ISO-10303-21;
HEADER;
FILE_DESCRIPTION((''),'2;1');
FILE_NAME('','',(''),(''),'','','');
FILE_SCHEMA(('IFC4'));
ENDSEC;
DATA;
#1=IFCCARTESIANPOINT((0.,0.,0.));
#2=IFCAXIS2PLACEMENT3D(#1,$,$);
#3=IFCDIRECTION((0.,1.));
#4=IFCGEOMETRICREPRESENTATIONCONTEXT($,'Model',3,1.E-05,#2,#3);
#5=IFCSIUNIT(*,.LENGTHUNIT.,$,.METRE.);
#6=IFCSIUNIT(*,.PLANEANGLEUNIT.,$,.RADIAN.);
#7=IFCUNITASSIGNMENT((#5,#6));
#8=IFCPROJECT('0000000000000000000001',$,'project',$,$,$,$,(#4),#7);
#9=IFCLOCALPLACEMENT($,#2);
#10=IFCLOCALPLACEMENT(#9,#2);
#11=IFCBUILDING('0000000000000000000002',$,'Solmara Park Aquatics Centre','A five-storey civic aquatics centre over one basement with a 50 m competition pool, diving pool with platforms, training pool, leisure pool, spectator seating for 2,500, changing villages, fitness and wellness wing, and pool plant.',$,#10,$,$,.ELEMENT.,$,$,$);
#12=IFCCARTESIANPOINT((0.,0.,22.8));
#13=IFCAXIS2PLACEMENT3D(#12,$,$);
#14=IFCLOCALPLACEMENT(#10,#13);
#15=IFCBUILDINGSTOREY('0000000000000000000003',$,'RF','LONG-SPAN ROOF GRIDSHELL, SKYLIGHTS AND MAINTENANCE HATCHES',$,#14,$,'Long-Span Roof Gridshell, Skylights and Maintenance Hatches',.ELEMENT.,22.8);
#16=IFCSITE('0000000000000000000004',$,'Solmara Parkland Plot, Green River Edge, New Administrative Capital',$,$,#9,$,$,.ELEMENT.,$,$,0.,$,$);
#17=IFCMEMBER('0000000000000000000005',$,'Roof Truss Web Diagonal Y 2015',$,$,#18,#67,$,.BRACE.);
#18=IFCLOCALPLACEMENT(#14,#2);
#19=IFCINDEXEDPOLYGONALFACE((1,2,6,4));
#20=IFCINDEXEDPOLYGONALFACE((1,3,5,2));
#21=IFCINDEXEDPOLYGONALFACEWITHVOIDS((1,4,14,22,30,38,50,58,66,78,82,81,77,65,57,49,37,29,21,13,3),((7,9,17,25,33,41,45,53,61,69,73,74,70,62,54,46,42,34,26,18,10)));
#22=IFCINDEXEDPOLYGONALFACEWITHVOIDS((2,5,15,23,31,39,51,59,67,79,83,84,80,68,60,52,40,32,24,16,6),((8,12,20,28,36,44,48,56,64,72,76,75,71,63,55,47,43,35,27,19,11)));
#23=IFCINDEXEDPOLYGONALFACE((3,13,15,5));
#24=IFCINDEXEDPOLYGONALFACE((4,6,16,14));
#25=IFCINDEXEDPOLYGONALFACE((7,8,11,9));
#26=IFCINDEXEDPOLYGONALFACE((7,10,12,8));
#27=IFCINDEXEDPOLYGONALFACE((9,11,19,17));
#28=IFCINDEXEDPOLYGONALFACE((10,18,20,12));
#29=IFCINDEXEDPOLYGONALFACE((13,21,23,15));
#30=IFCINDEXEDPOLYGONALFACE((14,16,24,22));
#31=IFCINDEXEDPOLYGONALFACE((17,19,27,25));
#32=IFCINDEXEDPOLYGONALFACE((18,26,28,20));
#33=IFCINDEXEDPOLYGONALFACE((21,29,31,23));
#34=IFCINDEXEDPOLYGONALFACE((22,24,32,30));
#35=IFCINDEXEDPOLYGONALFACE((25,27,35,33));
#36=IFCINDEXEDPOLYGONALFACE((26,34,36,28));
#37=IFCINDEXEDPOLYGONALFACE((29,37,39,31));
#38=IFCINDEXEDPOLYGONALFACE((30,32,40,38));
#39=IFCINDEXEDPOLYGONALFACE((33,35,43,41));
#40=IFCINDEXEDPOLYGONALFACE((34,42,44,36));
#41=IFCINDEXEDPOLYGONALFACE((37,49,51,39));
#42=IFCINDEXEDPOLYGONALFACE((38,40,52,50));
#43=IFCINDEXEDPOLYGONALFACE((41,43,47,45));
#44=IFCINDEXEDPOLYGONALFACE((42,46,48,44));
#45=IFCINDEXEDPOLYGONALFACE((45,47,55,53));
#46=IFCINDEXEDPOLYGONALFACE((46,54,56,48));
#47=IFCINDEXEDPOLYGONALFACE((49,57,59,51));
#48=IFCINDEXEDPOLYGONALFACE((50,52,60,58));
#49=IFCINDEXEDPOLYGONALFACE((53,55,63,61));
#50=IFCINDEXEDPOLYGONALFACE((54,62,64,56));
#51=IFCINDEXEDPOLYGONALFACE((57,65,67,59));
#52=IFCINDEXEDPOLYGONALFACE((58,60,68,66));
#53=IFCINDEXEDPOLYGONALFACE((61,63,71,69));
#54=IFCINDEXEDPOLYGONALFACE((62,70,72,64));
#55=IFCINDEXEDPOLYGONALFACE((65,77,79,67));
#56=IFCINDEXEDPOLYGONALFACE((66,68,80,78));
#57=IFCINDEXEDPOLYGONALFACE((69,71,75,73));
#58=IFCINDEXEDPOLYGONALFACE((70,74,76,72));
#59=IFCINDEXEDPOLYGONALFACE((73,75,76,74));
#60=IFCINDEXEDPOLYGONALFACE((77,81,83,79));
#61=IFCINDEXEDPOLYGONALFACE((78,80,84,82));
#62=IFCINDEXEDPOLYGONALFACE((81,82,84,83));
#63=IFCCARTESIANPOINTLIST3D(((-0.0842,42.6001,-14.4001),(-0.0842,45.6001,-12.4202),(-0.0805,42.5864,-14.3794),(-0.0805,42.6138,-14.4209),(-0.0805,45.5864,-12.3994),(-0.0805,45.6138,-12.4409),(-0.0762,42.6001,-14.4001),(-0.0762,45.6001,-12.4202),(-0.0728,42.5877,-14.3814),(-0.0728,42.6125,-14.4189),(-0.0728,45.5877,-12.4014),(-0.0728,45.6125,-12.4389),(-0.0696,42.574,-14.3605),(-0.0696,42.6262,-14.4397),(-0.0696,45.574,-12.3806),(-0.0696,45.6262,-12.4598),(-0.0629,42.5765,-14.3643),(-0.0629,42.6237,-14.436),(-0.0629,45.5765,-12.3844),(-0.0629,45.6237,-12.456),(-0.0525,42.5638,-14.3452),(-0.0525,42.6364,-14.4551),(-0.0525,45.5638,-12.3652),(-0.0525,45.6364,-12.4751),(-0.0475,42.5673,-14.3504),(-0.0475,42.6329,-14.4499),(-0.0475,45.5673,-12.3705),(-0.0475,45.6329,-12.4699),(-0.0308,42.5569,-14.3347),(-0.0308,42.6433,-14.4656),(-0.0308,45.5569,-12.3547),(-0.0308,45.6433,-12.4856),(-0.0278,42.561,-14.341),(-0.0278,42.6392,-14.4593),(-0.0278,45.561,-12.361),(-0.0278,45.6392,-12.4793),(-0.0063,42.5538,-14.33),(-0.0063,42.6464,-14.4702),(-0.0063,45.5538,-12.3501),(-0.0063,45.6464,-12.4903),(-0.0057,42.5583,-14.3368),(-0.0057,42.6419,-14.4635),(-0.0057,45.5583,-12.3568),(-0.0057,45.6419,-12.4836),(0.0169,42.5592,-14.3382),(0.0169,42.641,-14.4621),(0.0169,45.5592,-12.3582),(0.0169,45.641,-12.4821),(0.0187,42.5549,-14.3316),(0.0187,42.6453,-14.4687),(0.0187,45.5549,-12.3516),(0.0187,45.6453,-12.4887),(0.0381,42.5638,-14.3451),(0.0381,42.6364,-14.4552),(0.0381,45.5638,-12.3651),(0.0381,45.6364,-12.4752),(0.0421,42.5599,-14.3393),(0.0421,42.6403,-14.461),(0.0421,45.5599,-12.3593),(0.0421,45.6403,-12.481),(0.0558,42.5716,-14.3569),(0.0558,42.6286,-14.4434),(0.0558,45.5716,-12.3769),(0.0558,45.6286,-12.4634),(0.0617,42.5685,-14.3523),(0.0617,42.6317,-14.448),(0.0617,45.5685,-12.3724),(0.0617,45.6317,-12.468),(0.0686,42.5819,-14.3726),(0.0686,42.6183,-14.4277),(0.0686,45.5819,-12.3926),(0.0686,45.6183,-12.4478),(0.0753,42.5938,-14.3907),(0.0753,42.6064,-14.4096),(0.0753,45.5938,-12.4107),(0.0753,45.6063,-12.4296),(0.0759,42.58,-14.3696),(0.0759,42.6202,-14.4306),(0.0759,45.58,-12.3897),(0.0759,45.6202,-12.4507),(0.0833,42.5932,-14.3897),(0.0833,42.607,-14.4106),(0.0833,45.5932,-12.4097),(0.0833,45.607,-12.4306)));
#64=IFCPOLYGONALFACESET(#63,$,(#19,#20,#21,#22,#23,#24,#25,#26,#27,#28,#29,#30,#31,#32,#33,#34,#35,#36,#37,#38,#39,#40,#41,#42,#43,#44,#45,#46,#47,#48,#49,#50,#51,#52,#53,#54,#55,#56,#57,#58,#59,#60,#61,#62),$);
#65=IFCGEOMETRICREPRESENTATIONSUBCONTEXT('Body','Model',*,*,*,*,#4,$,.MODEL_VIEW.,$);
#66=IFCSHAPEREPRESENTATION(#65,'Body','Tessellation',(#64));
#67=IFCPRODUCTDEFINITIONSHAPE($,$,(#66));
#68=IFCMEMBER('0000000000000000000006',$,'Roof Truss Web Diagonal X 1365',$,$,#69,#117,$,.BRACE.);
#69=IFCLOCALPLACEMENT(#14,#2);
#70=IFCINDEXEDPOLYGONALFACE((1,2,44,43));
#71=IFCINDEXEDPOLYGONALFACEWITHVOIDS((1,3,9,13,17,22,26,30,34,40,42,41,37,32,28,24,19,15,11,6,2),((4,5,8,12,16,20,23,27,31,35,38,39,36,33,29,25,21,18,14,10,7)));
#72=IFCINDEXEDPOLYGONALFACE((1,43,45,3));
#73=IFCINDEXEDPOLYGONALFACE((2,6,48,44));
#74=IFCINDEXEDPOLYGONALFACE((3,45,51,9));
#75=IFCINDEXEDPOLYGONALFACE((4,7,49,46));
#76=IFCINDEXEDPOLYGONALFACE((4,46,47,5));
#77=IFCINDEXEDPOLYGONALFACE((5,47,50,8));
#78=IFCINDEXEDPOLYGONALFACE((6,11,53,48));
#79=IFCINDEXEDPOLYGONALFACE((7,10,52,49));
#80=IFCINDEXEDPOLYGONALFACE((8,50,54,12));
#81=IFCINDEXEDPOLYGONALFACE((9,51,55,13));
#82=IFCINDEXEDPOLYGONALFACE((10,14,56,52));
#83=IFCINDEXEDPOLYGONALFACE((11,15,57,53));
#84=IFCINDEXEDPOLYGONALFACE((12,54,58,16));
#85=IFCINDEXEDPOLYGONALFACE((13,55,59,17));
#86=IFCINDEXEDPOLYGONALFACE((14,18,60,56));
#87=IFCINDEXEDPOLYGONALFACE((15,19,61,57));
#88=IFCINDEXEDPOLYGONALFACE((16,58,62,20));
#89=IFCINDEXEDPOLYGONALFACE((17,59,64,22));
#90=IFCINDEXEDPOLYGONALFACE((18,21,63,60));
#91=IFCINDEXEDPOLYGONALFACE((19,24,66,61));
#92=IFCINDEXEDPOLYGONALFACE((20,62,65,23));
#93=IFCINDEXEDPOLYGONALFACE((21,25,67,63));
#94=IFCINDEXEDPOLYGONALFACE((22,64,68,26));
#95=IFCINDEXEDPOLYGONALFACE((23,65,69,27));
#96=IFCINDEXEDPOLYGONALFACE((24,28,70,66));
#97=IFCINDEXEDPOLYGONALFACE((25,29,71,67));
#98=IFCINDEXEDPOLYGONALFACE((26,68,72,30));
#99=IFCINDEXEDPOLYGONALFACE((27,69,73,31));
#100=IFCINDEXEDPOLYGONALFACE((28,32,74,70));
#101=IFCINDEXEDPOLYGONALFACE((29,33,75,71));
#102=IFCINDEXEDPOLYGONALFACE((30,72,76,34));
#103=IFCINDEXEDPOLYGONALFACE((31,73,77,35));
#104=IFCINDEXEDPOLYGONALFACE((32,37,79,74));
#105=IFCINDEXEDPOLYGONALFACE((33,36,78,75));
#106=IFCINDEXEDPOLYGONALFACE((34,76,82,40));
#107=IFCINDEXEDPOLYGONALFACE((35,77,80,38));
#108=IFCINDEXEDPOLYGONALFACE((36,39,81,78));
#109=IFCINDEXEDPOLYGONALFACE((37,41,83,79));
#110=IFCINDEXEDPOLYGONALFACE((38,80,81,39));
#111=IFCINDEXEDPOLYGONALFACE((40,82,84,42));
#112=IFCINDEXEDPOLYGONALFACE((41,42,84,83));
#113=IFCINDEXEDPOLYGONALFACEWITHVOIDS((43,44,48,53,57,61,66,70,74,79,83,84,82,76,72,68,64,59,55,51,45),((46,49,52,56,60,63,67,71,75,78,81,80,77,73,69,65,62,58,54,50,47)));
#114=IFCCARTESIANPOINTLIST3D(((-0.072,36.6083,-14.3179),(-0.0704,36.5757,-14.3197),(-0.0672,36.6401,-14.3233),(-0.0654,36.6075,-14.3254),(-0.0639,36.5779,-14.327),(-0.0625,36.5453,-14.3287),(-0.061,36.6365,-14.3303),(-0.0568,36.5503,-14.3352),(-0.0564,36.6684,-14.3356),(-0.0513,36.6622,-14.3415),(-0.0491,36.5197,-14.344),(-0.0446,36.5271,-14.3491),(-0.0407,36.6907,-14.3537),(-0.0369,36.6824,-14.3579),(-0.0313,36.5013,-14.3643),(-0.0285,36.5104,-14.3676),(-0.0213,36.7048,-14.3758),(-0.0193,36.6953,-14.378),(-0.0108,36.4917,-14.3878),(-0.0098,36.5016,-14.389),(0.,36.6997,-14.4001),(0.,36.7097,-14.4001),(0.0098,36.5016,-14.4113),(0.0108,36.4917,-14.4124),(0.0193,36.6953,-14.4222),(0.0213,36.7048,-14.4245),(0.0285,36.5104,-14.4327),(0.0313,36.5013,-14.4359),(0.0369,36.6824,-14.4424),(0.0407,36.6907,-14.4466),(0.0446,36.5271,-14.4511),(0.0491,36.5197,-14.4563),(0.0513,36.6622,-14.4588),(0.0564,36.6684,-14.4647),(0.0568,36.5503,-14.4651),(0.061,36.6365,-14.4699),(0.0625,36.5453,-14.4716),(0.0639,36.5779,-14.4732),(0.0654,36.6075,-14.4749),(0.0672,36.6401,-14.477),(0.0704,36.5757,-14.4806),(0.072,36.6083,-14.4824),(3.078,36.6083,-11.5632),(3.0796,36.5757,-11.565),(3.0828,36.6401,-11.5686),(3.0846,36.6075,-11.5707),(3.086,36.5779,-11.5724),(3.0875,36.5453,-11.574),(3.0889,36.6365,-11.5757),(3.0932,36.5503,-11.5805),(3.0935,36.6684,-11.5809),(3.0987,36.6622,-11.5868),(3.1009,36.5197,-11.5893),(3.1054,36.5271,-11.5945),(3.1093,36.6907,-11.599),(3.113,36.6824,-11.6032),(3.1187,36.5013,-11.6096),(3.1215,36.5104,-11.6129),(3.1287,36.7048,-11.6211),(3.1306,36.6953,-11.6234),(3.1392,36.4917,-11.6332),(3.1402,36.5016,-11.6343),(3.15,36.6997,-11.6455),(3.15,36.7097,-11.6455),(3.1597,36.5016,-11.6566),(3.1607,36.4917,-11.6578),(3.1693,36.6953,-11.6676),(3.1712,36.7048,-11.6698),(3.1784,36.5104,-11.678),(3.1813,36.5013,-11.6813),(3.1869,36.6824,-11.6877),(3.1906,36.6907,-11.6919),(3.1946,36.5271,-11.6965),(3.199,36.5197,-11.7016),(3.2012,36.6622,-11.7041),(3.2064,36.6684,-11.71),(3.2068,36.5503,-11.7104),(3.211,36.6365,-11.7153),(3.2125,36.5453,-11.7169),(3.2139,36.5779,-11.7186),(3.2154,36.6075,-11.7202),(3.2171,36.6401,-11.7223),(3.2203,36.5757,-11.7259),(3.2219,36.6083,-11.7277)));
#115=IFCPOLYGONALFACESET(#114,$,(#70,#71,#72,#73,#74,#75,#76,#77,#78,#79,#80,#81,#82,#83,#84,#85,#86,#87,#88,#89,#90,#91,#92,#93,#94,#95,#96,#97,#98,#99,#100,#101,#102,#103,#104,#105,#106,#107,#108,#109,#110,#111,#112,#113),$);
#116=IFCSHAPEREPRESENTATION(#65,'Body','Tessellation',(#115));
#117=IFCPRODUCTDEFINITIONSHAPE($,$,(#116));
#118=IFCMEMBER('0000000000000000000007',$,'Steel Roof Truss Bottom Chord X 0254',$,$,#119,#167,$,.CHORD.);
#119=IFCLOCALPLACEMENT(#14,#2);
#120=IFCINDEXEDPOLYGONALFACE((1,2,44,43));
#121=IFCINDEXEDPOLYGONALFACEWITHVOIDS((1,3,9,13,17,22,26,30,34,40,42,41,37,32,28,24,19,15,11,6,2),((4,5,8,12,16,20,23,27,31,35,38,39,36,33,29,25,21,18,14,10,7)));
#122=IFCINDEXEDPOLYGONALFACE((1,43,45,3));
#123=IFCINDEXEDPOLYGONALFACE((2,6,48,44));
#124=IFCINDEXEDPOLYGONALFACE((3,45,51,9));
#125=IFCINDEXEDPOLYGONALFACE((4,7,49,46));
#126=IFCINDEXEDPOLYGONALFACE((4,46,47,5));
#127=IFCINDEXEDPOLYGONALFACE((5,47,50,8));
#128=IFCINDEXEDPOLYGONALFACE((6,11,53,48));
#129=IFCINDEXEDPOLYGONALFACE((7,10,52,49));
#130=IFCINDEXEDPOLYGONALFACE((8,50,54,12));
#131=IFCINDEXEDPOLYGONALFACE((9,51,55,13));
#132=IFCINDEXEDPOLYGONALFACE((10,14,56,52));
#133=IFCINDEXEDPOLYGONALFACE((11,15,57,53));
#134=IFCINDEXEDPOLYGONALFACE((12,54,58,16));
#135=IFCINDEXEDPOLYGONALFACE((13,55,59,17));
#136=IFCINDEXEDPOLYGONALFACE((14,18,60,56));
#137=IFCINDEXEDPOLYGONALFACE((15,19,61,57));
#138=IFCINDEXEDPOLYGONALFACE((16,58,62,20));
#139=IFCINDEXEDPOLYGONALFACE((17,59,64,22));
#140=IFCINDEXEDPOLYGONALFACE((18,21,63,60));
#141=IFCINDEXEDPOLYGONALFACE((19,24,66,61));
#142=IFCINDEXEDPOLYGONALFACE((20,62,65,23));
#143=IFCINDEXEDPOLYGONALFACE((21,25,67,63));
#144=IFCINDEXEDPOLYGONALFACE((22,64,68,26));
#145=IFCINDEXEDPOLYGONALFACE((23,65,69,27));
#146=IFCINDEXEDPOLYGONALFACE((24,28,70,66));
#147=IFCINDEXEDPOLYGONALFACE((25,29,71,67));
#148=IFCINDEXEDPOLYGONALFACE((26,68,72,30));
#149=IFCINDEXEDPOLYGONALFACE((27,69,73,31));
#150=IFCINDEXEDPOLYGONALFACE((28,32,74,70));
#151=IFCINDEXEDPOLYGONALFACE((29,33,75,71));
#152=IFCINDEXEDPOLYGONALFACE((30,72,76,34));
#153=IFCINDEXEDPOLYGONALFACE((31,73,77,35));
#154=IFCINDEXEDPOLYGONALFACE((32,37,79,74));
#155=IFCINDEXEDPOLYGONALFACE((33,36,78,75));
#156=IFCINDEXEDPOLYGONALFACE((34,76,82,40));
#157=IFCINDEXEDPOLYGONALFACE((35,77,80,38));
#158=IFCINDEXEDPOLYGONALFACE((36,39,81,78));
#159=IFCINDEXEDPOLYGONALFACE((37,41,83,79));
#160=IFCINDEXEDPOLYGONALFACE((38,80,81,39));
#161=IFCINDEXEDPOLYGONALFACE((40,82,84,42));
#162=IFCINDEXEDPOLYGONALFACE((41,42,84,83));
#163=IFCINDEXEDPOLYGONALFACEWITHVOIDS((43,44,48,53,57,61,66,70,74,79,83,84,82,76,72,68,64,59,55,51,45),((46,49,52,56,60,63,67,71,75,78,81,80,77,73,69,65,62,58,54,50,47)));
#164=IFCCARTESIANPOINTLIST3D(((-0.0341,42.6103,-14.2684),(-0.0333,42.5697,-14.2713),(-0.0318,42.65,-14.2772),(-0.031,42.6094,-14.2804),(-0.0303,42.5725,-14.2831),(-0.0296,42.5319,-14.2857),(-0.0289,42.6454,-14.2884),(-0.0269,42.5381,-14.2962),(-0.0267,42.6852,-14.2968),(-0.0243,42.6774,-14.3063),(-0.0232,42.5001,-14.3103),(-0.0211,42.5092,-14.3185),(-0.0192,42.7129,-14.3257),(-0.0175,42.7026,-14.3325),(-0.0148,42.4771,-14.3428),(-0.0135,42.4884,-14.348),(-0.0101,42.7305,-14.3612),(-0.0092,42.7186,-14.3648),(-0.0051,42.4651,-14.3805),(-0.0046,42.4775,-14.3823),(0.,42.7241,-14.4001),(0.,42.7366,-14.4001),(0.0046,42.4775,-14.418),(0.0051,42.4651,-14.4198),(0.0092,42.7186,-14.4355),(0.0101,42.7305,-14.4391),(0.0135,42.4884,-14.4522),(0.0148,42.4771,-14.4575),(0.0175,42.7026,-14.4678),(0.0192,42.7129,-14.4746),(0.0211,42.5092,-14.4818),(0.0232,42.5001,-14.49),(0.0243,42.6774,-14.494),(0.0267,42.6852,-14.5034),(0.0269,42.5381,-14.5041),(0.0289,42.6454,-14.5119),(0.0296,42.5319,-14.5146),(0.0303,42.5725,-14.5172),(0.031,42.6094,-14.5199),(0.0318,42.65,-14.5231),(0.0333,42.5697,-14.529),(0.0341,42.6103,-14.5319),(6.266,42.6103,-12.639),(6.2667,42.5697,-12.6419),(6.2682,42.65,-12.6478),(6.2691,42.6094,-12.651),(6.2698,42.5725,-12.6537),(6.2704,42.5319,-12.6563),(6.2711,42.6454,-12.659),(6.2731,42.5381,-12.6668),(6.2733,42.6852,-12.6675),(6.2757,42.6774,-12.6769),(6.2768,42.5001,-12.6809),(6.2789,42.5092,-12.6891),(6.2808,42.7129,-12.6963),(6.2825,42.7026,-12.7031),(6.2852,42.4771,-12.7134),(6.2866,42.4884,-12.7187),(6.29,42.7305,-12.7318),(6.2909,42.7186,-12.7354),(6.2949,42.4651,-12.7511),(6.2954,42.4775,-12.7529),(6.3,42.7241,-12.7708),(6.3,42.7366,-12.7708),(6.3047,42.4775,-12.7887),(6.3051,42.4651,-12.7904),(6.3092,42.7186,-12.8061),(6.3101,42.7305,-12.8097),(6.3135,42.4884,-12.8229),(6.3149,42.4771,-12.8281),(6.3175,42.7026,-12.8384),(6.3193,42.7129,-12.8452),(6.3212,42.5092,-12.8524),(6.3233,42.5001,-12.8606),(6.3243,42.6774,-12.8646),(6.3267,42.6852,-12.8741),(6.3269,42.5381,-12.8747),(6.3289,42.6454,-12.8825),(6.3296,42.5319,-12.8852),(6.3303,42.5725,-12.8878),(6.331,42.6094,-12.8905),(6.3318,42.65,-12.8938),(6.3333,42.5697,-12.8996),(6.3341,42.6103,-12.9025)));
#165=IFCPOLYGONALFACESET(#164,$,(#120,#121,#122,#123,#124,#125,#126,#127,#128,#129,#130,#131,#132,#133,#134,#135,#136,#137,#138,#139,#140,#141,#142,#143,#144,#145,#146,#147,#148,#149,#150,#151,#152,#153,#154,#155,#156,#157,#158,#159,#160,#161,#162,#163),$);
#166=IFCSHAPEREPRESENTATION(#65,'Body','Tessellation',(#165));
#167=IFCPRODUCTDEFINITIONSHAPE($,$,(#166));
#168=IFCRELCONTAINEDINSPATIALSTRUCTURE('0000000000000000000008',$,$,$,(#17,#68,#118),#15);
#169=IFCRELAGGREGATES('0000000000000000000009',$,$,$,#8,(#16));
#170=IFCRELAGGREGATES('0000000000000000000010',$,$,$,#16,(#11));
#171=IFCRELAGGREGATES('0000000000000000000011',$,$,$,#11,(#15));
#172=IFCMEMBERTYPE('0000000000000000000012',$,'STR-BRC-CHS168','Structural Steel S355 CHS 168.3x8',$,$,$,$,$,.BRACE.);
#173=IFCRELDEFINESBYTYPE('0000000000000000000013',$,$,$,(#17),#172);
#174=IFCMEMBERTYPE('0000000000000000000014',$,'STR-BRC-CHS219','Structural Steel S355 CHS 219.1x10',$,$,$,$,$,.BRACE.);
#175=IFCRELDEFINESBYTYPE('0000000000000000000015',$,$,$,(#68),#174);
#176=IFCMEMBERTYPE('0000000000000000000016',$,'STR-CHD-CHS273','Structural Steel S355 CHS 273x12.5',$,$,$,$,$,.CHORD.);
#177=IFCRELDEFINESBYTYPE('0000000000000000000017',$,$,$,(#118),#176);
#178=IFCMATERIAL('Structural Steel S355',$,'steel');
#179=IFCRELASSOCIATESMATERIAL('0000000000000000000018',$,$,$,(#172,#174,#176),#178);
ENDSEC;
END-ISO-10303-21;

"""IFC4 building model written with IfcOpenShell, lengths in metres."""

from ifc_helpers import new_model, si_unit, direction, frame, origin, origin_2d, place, context, subcontext, project, spatial, hollow_circle, extrude, material, material_profile, profile_set, type_object, element, save


model = new_model("IFC4")

# Units and contexts
model_context = context("Model", 3, precision=1e-05, world=origin(), true_north=direction((0.0, 1.0)))
body_context = subcontext(model_context, "Body", "Model", "MODEL_VIEW")
ifc_project = project(units=[si_unit("LENGTHUNIT", "METRE"), si_unit("PLANEANGLEUNIT", "RADIAN")], contexts=[model_context])

# Site, building, storey
site_placement = place(None, origin())
site = spatial("IfcSite", under=ifc_project, at=site_placement, Name="Solmara Parkland Plot, Green River Edge, New Administrative Capital", CompositionType="ELEMENT", RefElevation=0.0)
building_placement = place(site_placement, origin())
building = spatial("IfcBuilding", under=site, at=building_placement, Name="Solmara Park Aquatics Centre", Description="A five-storey civic aquatics centre over one basement with a 50 m competition pool, diving pool with platforms, training pool, leisure pool, spectator seating for 2,500, changing villages, fitness and wellness wing, and pool plant.", CompositionType="ELEMENT")
storey_placement = place(building_placement, frame((0.0, 0.0, 22.8)))
storey = spatial("IfcBuildingStorey", under=building, at=storey_placement, Name="RF", Description="LONG-SPAN ROOF GRIDSHELL, SKYLIGHTS AND MAINTENANCE HATCHES", LongName="Long-Span Roof Gridshell, Skylights and Maintenance Hatches", CompositionType="ELEMENT", Elevation=22.8)

# Members
ifc_material_1 = material(Name="Structural Steel S355", Category="steel")
ifc_material_profile_1 = material_profile(ifc_material_1, hollow_circle(Radius=0.0842, WallThickness=0.0081, at=origin_2d()), Name="CHS 168.3x8")
ifc_profile_set_1 = profile_set([ifc_material_profile_1], Name="Structural Steel S355")
member_type_1 = type_object("IfcMemberType", Name="STR-BRC-CHS168", Description="Structural Steel S355 CHS 168.3x8", PredefinedType="BRACE", material=ifc_profile_set_1)
for number, where, z_axis, x_axis, name in (
    (1, (0.0, 42.6001, -14.4001), (0.0, 0.834612, 0.550838), (-1.0, 0.0, 0.0), "Roof Truss Web Diagonal Y 2015"),
):
    element("IfcMember", number, at=place(storey_placement, frame(where, z_axis=z_axis, x_axis=x_axis)), inside=storey, type_object=member_type_1, Name=name, PredefinedType="BRACE", context=body_context, shape_type="SweptSolid", body=[
        extrude(hollow_circle(Radius=0.0842, WallThickness=0.0081, at=origin_2d()), origin(), (0.0, 0.0, 1.0), 3.5945),
    ])
ifc_material_profile_2 = material_profile(ifc_material_1, hollow_circle(Radius=0.1096, WallThickness=0.01, at=origin_2d()), Name="CHS 219.1x10")
ifc_profile_set_2 = profile_set([ifc_material_profile_2], Name="Structural Steel S355")
member_type_2 = type_object("IfcMemberType", Name="STR-BRC-CHS219", Description="Structural Steel S355 CHS 219.1x10", PredefinedType="BRACE", material=ifc_profile_set_2)
member_1_placement = place(storey_placement, frame((0.0, 36.6001, -14.4001), z_axis=(0.752757, 0.0, 0.658298), x_axis=(0.0, 1.0, 0.0)))
element("IfcMember", 2, at=member_1_placement, inside=storey, type_object=member_type_2, Name="Roof Truss Web Diagonal X 1365", PredefinedType="BRACE", context=body_context, shape_type="SweptSolid", body=[
    extrude(hollow_circle(Radius=0.1096, WallThickness=0.01, at=origin_2d()), origin(), (0.0, 0.0, 1.0), 4.1846),
])
ifc_material_profile_3 = material_profile(ifc_material_1, hollow_circle(Radius=0.1365, WallThickness=0.0125, at=origin_2d()), Name="CHS 273x12.5")
ifc_profile_set_3 = profile_set([ifc_material_profile_3], Name="Structural Steel S355")
member_type_3 = type_object("IfcMemberType", Name="STR-CHD-CHS273", Description="Structural Steel S355 CHS 273x12.5", PredefinedType="CHORD", material=ifc_profile_set_3)
member_2_placement = place(storey_placement, frame((0.0, 42.6001, -14.4001), z_axis=(0.968144, 0.0, 0.250393), x_axis=(0.0, 1.0, 0.0)))
element("IfcMember", 3, at=member_2_placement, inside=storey, type_object=member_type_3, Name="Steel Roof Truss Bottom Chord X 0254", PredefinedType="CHORD", context=body_context, shape_type="SweptSolid", body=[
    extrude(hollow_circle(Radius=0.1365, WallThickness=0.0125, at=origin_2d()), origin(), (0.0, 0.0, 1.0), 6.5073),
])

save(model, "model.ifc")
